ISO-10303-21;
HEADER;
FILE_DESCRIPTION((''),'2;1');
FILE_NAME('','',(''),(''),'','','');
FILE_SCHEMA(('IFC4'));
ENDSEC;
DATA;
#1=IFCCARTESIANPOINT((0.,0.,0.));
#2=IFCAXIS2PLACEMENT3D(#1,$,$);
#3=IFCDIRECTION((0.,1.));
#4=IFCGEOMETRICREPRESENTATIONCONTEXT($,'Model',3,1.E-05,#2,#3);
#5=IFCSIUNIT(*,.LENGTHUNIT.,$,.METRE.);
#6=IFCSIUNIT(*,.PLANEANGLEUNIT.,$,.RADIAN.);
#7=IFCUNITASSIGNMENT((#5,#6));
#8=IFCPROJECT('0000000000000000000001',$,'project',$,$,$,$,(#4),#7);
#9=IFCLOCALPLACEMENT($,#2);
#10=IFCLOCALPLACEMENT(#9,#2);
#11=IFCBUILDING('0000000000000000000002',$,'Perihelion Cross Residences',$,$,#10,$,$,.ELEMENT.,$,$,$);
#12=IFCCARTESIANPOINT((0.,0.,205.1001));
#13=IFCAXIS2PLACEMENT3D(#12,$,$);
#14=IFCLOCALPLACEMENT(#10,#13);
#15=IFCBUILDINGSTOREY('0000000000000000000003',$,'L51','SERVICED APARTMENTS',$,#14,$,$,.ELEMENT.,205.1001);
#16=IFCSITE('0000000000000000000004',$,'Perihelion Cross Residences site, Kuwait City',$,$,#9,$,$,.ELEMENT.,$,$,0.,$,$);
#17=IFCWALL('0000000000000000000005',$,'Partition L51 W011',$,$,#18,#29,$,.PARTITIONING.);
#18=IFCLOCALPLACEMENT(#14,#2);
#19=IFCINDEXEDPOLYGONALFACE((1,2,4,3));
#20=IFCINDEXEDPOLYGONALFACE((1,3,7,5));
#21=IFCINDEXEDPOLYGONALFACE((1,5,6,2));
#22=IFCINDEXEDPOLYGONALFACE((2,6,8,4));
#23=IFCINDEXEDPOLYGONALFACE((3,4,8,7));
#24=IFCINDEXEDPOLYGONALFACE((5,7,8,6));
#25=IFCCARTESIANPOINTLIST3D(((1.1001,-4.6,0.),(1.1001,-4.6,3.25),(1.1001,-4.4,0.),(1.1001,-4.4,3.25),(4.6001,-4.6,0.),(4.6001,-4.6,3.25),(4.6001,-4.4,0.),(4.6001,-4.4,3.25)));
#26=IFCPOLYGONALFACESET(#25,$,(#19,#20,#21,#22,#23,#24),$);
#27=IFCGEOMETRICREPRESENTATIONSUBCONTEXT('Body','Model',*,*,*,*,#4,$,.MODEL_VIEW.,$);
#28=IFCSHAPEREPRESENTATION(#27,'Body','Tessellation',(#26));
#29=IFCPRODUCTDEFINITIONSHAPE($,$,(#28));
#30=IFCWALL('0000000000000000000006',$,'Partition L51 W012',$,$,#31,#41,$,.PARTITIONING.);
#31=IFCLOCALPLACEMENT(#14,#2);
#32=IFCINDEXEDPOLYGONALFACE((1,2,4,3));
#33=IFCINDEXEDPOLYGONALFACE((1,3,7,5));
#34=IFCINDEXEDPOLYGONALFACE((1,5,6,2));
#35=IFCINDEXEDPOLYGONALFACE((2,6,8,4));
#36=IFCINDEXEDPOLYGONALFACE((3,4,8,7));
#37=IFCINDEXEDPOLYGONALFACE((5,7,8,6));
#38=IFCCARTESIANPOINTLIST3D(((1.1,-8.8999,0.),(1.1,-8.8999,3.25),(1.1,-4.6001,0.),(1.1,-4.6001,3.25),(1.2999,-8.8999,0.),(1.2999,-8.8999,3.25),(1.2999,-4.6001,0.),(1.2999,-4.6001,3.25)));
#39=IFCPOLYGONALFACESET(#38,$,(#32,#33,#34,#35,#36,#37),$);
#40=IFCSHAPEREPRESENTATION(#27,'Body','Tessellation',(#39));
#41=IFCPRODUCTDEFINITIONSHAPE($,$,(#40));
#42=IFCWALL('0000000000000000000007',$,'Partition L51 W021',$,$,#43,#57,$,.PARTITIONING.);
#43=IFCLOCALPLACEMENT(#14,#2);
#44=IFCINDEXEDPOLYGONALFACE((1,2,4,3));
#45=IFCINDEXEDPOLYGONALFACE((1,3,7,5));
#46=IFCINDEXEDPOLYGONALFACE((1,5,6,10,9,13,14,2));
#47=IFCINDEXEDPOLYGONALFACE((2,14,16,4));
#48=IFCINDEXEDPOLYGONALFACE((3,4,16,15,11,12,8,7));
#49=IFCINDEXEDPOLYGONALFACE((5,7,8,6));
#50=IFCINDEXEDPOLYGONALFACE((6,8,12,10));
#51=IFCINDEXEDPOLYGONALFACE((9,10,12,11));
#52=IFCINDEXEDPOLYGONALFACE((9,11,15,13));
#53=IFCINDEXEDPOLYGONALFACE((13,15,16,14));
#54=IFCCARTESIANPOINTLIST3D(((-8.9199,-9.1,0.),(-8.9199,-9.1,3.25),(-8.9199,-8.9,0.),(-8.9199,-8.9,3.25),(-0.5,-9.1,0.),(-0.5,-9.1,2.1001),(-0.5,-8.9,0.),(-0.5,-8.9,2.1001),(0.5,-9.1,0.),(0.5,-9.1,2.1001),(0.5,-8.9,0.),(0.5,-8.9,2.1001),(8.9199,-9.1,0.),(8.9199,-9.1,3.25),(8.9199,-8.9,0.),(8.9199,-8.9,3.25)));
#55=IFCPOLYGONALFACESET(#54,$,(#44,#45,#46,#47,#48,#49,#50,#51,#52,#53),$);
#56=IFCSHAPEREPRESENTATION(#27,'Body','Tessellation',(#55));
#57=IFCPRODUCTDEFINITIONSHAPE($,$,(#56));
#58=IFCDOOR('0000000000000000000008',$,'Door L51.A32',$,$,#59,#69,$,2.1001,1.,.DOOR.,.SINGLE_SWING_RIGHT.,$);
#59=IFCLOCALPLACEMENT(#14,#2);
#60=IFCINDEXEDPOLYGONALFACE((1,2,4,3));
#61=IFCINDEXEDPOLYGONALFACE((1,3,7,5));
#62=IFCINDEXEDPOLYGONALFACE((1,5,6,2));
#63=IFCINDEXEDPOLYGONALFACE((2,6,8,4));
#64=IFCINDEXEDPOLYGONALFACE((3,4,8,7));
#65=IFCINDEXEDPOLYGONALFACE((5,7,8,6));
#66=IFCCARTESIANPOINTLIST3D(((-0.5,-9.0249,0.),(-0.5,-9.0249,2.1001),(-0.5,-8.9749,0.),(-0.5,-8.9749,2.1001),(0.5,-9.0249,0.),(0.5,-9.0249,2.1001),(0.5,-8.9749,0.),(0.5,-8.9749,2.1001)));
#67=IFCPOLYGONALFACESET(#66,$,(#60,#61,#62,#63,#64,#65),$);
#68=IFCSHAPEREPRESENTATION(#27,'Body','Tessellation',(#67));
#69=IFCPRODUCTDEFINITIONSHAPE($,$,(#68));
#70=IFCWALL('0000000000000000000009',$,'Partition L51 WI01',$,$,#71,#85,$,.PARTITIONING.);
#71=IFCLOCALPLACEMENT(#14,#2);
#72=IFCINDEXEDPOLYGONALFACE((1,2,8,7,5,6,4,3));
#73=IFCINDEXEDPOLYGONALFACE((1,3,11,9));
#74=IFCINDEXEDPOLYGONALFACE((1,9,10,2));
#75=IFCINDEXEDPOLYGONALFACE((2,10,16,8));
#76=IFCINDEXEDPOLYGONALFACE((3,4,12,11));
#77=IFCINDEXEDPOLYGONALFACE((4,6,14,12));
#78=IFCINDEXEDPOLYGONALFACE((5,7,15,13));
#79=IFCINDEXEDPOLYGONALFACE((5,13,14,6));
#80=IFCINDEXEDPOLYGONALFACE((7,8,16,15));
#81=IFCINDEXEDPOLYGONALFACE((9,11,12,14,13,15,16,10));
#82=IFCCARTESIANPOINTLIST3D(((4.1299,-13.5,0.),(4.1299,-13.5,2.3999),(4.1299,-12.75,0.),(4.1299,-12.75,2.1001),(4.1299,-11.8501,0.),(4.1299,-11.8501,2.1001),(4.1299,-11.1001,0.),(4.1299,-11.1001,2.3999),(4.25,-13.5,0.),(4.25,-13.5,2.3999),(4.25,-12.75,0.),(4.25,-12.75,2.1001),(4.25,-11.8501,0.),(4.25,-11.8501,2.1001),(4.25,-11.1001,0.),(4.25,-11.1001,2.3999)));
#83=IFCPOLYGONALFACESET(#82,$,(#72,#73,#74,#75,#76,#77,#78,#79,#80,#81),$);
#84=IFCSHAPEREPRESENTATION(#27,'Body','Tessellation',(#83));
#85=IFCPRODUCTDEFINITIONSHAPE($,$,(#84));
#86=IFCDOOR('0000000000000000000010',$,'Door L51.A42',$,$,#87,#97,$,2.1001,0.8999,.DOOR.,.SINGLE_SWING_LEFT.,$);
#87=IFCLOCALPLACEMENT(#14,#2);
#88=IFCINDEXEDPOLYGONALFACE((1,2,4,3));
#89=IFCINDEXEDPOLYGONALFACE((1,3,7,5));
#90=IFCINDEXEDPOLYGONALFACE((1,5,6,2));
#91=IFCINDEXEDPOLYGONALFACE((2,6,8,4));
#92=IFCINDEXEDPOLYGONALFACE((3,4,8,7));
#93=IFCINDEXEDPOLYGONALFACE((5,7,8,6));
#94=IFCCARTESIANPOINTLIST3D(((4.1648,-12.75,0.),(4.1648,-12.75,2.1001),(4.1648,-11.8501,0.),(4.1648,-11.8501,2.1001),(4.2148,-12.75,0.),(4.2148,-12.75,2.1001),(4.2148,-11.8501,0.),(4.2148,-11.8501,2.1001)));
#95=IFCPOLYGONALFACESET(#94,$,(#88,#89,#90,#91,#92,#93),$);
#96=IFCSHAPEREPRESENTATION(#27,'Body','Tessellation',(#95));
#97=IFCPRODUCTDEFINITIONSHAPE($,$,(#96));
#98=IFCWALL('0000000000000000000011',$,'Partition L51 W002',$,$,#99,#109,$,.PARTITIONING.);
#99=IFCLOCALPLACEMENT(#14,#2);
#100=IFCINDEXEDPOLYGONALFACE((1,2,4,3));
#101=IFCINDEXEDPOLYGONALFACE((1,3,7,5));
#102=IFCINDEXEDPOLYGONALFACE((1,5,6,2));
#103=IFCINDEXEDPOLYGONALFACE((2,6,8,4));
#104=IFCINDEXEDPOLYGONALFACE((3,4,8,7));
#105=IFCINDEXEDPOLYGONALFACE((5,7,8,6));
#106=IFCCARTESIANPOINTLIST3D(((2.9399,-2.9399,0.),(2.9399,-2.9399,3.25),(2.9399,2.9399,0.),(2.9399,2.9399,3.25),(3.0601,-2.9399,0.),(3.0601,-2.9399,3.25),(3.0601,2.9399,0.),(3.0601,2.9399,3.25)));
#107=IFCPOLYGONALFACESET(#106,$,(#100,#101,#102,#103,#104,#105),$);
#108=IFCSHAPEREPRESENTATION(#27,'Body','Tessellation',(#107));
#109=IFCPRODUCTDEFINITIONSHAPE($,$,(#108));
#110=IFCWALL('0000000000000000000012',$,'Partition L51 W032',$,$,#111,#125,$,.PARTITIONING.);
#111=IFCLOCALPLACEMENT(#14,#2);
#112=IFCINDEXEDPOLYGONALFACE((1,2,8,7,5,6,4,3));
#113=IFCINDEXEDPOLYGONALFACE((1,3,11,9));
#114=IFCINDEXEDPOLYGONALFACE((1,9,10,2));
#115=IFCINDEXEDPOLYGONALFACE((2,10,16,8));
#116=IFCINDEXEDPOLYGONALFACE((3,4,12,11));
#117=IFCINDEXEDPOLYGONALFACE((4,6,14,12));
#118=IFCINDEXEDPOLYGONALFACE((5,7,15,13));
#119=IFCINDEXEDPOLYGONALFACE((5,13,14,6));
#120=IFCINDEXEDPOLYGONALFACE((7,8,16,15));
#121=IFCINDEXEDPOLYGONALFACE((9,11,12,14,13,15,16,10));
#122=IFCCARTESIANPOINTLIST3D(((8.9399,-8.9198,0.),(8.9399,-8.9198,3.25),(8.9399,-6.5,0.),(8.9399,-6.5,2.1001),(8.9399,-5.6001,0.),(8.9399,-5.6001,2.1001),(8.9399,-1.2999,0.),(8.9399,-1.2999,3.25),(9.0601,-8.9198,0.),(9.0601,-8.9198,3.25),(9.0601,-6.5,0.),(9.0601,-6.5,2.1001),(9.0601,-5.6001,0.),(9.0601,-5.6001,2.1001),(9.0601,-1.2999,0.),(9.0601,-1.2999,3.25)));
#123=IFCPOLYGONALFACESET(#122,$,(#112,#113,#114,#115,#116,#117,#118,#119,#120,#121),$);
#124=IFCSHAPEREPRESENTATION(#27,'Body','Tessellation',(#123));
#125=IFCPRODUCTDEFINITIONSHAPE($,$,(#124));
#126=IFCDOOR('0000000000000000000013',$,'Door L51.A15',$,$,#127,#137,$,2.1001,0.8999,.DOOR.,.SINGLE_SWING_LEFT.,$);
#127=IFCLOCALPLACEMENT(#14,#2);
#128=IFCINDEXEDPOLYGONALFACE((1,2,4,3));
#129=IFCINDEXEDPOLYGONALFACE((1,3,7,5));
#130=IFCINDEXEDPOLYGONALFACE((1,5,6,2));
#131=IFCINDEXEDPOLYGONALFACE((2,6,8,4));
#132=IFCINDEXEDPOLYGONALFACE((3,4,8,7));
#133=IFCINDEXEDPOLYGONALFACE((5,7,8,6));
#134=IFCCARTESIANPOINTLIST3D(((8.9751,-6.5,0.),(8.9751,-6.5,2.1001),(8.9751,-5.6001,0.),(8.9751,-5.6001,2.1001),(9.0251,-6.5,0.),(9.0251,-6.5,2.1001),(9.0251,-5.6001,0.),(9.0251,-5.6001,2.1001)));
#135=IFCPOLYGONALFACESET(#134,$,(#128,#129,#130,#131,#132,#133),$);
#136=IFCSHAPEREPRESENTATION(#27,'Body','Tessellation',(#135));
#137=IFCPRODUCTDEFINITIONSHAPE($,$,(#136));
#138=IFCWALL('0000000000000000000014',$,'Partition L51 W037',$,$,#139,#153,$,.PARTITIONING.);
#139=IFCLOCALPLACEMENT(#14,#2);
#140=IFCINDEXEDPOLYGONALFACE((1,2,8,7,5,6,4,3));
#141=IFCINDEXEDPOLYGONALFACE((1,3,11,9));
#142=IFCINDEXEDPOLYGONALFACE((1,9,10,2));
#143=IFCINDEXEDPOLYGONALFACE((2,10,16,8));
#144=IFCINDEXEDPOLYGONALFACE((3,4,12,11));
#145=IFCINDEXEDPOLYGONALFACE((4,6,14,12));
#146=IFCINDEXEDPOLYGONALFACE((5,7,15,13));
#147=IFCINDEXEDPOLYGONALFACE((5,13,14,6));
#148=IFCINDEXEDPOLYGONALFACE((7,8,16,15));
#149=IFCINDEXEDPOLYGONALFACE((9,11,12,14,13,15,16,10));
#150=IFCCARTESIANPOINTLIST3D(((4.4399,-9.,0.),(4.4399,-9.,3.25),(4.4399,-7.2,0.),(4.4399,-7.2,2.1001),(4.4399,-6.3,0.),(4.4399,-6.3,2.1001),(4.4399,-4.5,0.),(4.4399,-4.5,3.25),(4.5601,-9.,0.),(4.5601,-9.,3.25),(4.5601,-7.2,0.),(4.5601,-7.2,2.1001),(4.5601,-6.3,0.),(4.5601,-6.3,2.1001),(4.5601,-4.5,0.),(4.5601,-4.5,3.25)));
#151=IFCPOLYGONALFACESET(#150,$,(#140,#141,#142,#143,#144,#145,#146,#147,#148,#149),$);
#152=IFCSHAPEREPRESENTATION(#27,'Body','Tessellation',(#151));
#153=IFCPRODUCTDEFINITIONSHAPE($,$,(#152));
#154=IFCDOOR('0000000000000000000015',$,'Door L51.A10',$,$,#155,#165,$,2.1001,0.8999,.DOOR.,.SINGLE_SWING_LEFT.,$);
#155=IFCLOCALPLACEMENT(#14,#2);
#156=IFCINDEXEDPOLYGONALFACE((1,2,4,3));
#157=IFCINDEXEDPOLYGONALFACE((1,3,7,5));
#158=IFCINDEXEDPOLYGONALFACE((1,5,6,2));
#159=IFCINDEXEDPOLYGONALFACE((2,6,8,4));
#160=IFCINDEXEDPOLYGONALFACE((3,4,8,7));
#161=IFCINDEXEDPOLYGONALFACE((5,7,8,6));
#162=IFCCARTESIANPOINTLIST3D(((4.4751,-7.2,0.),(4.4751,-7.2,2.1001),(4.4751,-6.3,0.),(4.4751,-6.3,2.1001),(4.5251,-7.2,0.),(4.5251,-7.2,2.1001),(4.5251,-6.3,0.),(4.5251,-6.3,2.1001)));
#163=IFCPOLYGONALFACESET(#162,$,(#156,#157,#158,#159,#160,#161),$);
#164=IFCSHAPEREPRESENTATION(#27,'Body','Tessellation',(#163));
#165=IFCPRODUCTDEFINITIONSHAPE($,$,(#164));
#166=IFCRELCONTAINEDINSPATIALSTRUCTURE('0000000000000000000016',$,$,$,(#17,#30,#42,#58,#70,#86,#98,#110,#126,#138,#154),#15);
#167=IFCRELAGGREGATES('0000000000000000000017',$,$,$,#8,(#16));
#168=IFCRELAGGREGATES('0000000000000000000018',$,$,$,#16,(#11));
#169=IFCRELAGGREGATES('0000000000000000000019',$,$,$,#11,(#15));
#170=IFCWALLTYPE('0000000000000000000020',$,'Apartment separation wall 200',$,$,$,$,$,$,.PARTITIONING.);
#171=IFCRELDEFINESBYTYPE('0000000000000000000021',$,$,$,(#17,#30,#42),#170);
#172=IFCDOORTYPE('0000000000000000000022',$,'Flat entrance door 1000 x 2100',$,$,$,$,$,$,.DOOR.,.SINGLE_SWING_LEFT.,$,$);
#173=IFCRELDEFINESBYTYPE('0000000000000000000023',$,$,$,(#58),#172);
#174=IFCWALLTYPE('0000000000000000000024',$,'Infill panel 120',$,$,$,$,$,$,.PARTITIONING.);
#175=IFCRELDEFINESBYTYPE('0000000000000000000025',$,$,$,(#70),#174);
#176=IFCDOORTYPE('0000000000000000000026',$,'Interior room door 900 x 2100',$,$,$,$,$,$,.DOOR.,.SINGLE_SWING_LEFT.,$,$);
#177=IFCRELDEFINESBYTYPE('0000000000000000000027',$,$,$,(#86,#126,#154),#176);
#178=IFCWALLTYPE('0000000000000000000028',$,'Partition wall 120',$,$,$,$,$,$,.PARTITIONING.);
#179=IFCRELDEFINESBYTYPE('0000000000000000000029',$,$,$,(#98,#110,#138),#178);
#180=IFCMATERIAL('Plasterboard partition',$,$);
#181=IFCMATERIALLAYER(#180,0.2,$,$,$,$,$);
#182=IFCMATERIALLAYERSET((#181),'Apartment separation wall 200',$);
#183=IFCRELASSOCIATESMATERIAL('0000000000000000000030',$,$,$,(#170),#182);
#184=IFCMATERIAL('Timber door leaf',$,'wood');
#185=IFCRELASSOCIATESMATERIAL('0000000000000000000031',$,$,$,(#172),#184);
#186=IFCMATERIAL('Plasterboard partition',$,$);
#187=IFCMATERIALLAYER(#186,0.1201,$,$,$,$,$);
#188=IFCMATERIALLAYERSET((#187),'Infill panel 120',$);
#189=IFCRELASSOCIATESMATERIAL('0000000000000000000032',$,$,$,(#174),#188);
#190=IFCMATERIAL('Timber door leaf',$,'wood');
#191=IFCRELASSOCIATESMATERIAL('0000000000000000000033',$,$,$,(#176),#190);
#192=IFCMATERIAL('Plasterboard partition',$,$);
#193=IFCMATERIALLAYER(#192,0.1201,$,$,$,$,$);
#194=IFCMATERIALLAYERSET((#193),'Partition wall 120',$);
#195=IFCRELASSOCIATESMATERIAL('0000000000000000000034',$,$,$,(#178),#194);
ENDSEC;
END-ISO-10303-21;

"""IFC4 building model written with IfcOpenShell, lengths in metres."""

from ifc_helpers import new_model, si_unit, direction, frame, frame_2d, origin, place, context, subcontext, project, spatial, rectangle, extrude, material, layer, layer_set, type_object, element, fill, save


model = new_model("IFC4")

# Units and contexts
model_context = context("Model", 3, precision=1e-05, world=origin(), true_north=direction((0.0, 1.0)))
body_context = subcontext(model_context, "Body", "Model", "MODEL_VIEW")
ifc_project = project(units=[si_unit("LENGTHUNIT", "METRE"), si_unit("PLANEANGLEUNIT", "RADIAN")], contexts=[model_context])

# Site, building, storey
site_placement = place(None, origin())
site = spatial("IfcSite", under=ifc_project, at=site_placement, Name="Perihelion Cross Residences site, Kuwait City", CompositionType="ELEMENT", RefElevation=0.0)
building_placement = place(site_placement, origin())
building = spatial("IfcBuilding", under=site, at=building_placement, Name="Perihelion Cross Residences", CompositionType="ELEMENT")
storey_placement = place(building_placement, frame((0.0, 0.0, 205.1001)))
storey = spatial("IfcBuildingStorey", under=building, at=storey_placement, Name="L51", Description="SERVICED APARTMENTS", CompositionType="ELEMENT", Elevation=205.1001)

# Walls
ifc_material_1 = material(Name="Plasterboard partition")
ifc_layer_1 = layer(ifc_material_1, 0.2)
ifc_layer_set_1 = layer_set([ifc_layer_1], Name="Apartment separation wall 200")
wall_type_1 = type_object("IfcWallType", Name="Apartment separation wall 200", PredefinedType="PARTITIONING", material=ifc_layer_set_1)
wall_1_placement = place(storey_placement, frame((4.6001, -4.5, 0.0), z_axis=(0.0, 0.0, 1.0), x_axis=(-1.0, 0.0, 0.0)))
element("IfcWall", 1, at=wall_1_placement, inside=storey, type_object=wall_type_1, Name="Partition L51 W011", PredefinedType="PARTITIONING", context=body_context, shape_type="SweptSolid", body=[
    extrude(rectangle(XDim=3.5, YDim=0.2, at=frame_2d((1.75, 0.0))), origin(), (0.0, 0.0, 1.0), 3.25),
])
wall_2_placement = place(storey_placement, frame((1.2, -4.6001, 0.0), z_axis=(0.0, 0.0, 1.0), x_axis=(0.0, -1.0, 0.0)))
element("IfcWall", 2, at=wall_2_placement, inside=storey, type_object=wall_type_1, Name="Partition L51 W012", PredefinedType="PARTITIONING", context=body_context, shape_type="SweptSolid", body=[
    extrude(rectangle(XDim=4.2998, YDim=0.2, at=frame_2d((2.1499, 0.0))), origin(), (0.0, 0.0, 1.0), 3.25),
])

# Walls, openings, doors
wall_3_placement = place(storey_placement, frame((8.9199, -9.0, 0.0), z_axis=(0.0, 0.0, 1.0), x_axis=(-1.0, 0.0, 0.0)))
wall_3 = element("IfcWall", 3, at=wall_3_placement, inside=storey, type_object=wall_type_1, Name="Partition L51 W021", PredefinedType="PARTITIONING", context=body_context, shape_type="SweptSolid", body=[
    extrude(rectangle(XDim=17.8398, YDim=0.2, at=frame_2d((8.9199, 0.0))), origin(), (0.0, 0.0, 1.0), 3.25),
])
opening_1_placement = place(wall_3_placement, frame((8.4199, 0.0, 0.0)))
opening_1 = element("IfcOpeningElement", 4, at=opening_1_placement, cuts=wall_3, PredefinedType="OPENING", context=body_context, shape_type="SweptSolid", body=[
    extrude(rectangle(XDim=1.0, YDim=2.1001, at=frame_2d((0.5, 1.05))), frame((0.0, 0.1099, 0.0), z_axis=(0.0, -1.0, 0.0), x_axis=(1.0, 0.0, 0.0)), (0.0, 0.0, 1.0), 0.22),
])
ifc_material_2 = material(Name="Timber door leaf", Category="wood")
door_type_1 = type_object("IfcDoorType", Name="Flat entrance door 1000 x 2100", OperationType="SINGLE_SWING_LEFT", PredefinedType="DOOR", material=ifc_material_2)
door_1_placement = place(opening_1_placement, origin())
door_1 = element("IfcDoor", 5, at=door_1_placement, inside=storey, type_object=door_type_1, Name="Door L51.A32", OperationType="SINGLE_SWING_RIGHT", OverallHeight=2.1001, OverallWidth=1.0, PredefinedType="DOOR", context=body_context, shape_type="SweptSolid", body=[
    extrude(rectangle(XDim=1.0, YDim=2.1001, at=frame_2d((0.5, 1.05))), frame((0.0, 0.0249, 0.0), z_axis=(0.0, -1.0, 0.0), x_axis=(1.0, 0.0, 0.0)), (0.0, 0.0, 1.0), 0.05),
])
fill(opening_1, door_1)
ifc_material_3 = material(Name="Plasterboard partition")
ifc_layer_2 = layer(ifc_material_3, 0.1201)
ifc_layer_set_2 = layer_set([ifc_layer_2], Name="Infill panel 120")
wall_type_2 = type_object("IfcWallType", Name="Infill panel 120", PredefinedType="PARTITIONING", material=ifc_layer_set_2)
wall_4_placement = place(storey_placement, frame((4.1899, -11.1001, 0.0), z_axis=(0.0, 0.0, 1.0), x_axis=(0.0, -1.0, 0.0)))
wall_4 = element("IfcWall", 6, at=wall_4_placement, inside=storey, type_object=wall_type_2, Name="Partition L51 WI01", PredefinedType="PARTITIONING", context=body_context, shape_type="SweptSolid", body=[
    extrude(rectangle(XDim=2.3999, YDim=0.1201, at=frame_2d((1.2, 0.0))), origin(), (0.0, 0.0, 1.0), 2.3999),
])
opening_2_placement = place(wall_4_placement, frame((0.75, 0.0, 0.0)))
opening_2 = element("IfcOpeningElement", 7, at=opening_2_placement, cuts=wall_4, PredefinedType="OPENING", context=body_context, shape_type="SweptSolid", body=[
    extrude(rectangle(XDim=0.8999, YDim=2.1001, at=frame_2d((0.45, 1.05))), frame((0.0, 0.0701, 0.0), z_axis=(0.0, -1.0, 0.0), x_axis=(1.0, 0.0, 0.0)), (0.0, 0.0, 1.0), 0.1401),
])
ifc_material_4 = material(Name="Timber door leaf", Category="wood")
door_type_2 = type_object("IfcDoorType", Name="Interior room door 900 x 2100", OperationType="SINGLE_SWING_LEFT", PredefinedType="DOOR", material=ifc_material_4)
door_2_placement = place(opening_2_placement, origin())
door_2 = element("IfcDoor", 8, at=door_2_placement, inside=storey, type_object=door_type_2, Name="Door L51.A42", OperationType="SINGLE_SWING_LEFT", OverallHeight=2.1001, OverallWidth=0.8999, PredefinedType="DOOR", context=body_context, shape_type="SweptSolid", body=[
    extrude(rectangle(XDim=0.8999, YDim=2.1001, at=frame_2d((0.45, 1.05))), frame((0.0, 0.0249, 0.0), z_axis=(0.0, -1.0, 0.0), x_axis=(1.0, 0.0, 0.0)), (0.0, 0.0, 1.0), 0.05),
])
fill(opening_2, door_2)

# Wall
ifc_material_5 = material(Name="Plasterboard partition")
ifc_layer_3 = layer(ifc_material_5, 0.1201)
ifc_layer_set_3 = layer_set([ifc_layer_3], Name="Partition wall 120")
wall_type_3 = type_object("IfcWallType", Name="Partition wall 120", PredefinedType="PARTITIONING", material=ifc_layer_set_3)
wall_5_placement = place(storey_placement, frame((3.0, -2.9399, 0.0), z_axis=(0.0, 0.0, 1.0), x_axis=(0.0, 1.0, 0.0)))
element("IfcWall", 9, at=wall_5_placement, inside=storey, type_object=wall_type_3, Name="Partition L51 W002", PredefinedType="PARTITIONING", context=body_context, shape_type="SweptSolid", body=[
    extrude(rectangle(XDim=5.8799, YDim=0.1201, at=frame_2d((2.9399, 0.0))), origin(), (0.0, 0.0, 1.0), 3.25),
])

# Walls, openings, doors
wall_6_placement = place(storey_placement, frame((9.0, -8.9199, 0.0), z_axis=(0.0, 0.0, 1.0), x_axis=(0.0, 1.0, 0.0)))
wall_6 = element("IfcWall", 10, at=wall_6_placement, inside=storey, type_object=wall_type_3, Name="Partition L51 W032", PredefinedType="PARTITIONING", context=body_context, shape_type="SweptSolid", body=[
    extrude(rectangle(XDim=7.6199, YDim=0.1201, at=frame_2d((3.8101, 0.0))), origin(), (0.0, 0.0, 1.0), 3.25),
])
opening_3_placement = place(wall_6_placement, frame((2.4199, 0.0, 0.0)))
opening_3 = element("IfcOpeningElement", 11, at=opening_3_placement, cuts=wall_6, PredefinedType="OPENING", context=body_context, shape_type="SweptSolid", body=[
    extrude(rectangle(XDim=0.8999, YDim=2.1001, at=frame_2d((0.45, 1.05))), frame((0.0, 0.0701, 0.0), z_axis=(0.0, -1.0, 0.0), x_axis=(1.0, 0.0, 0.0)), (0.0, 0.0, 1.0), 0.1401),
])
door_3_placement = place(opening_3_placement, origin())
door_3 = element("IfcDoor", 12, at=door_3_placement, inside=storey, type_object=door_type_2, Name="Door L51.A15", OperationType="SINGLE_SWING_LEFT", OverallHeight=2.1001, OverallWidth=0.8999, PredefinedType="DOOR", context=body_context, shape_type="SweptSolid", body=[
    extrude(rectangle(XDim=0.8999, YDim=2.1001, at=frame_2d((0.45, 1.05))), frame((0.0, 0.0249, 0.0), z_axis=(0.0, -1.0, 0.0), x_axis=(1.0, 0.0, 0.0)), (0.0, 0.0, 1.0), 0.05),
])
fill(opening_3, door_3)
wall_7_placement = place(storey_placement, frame((4.5, -9.0, 0.0), z_axis=(0.0, 0.0, 1.0), x_axis=(0.0, 1.0, 0.0)))
wall_7 = element("IfcWall", 13, at=wall_7_placement, inside=storey, type_object=wall_type_3, Name="Partition L51 W037", PredefinedType="PARTITIONING", context=body_context, shape_type="SweptSolid", body=[
    extrude(rectangle(XDim=4.5, YDim=0.1201, at=frame_2d((2.25, 0.0))), origin(), (0.0, 0.0, 1.0), 3.25),
])
opening_4_placement = place(wall_7_placement, frame((1.8, 0.0, 0.0)))
opening_4 = element("IfcOpeningElement", 14, at=opening_4_placement, cuts=wall_7, PredefinedType="OPENING", context=body_context, shape_type="SweptSolid", body=[
    extrude(rectangle(XDim=0.8999, YDim=2.1001, at=frame_2d((0.45, 1.05))), frame((0.0, 0.0701, 0.0), z_axis=(0.0, -1.0, 0.0), x_axis=(1.0, 0.0, 0.0)), (0.0, 0.0, 1.0), 0.1401),
])
door_4_placement = place(opening_4_placement, origin())
door_4 = element("IfcDoor", 15, at=door_4_placement, inside=storey, type_object=door_type_2, Name="Door L51.A10", OperationType="SINGLE_SWING_LEFT", OverallHeight=2.1001, OverallWidth=0.8999, PredefinedType="DOOR", context=body_context, shape_type="SweptSolid", body=[
    extrude(rectangle(XDim=0.8999, YDim=2.1001, at=frame_2d((0.45, 1.05))), frame((0.0, 0.0249, 0.0), z_axis=(0.0, -1.0, 0.0), x_axis=(1.0, 0.0, 0.0)), (0.0, 0.0, 1.0), 0.05),
])
fill(opening_4, door_4)

save(model, "model.ifc")
